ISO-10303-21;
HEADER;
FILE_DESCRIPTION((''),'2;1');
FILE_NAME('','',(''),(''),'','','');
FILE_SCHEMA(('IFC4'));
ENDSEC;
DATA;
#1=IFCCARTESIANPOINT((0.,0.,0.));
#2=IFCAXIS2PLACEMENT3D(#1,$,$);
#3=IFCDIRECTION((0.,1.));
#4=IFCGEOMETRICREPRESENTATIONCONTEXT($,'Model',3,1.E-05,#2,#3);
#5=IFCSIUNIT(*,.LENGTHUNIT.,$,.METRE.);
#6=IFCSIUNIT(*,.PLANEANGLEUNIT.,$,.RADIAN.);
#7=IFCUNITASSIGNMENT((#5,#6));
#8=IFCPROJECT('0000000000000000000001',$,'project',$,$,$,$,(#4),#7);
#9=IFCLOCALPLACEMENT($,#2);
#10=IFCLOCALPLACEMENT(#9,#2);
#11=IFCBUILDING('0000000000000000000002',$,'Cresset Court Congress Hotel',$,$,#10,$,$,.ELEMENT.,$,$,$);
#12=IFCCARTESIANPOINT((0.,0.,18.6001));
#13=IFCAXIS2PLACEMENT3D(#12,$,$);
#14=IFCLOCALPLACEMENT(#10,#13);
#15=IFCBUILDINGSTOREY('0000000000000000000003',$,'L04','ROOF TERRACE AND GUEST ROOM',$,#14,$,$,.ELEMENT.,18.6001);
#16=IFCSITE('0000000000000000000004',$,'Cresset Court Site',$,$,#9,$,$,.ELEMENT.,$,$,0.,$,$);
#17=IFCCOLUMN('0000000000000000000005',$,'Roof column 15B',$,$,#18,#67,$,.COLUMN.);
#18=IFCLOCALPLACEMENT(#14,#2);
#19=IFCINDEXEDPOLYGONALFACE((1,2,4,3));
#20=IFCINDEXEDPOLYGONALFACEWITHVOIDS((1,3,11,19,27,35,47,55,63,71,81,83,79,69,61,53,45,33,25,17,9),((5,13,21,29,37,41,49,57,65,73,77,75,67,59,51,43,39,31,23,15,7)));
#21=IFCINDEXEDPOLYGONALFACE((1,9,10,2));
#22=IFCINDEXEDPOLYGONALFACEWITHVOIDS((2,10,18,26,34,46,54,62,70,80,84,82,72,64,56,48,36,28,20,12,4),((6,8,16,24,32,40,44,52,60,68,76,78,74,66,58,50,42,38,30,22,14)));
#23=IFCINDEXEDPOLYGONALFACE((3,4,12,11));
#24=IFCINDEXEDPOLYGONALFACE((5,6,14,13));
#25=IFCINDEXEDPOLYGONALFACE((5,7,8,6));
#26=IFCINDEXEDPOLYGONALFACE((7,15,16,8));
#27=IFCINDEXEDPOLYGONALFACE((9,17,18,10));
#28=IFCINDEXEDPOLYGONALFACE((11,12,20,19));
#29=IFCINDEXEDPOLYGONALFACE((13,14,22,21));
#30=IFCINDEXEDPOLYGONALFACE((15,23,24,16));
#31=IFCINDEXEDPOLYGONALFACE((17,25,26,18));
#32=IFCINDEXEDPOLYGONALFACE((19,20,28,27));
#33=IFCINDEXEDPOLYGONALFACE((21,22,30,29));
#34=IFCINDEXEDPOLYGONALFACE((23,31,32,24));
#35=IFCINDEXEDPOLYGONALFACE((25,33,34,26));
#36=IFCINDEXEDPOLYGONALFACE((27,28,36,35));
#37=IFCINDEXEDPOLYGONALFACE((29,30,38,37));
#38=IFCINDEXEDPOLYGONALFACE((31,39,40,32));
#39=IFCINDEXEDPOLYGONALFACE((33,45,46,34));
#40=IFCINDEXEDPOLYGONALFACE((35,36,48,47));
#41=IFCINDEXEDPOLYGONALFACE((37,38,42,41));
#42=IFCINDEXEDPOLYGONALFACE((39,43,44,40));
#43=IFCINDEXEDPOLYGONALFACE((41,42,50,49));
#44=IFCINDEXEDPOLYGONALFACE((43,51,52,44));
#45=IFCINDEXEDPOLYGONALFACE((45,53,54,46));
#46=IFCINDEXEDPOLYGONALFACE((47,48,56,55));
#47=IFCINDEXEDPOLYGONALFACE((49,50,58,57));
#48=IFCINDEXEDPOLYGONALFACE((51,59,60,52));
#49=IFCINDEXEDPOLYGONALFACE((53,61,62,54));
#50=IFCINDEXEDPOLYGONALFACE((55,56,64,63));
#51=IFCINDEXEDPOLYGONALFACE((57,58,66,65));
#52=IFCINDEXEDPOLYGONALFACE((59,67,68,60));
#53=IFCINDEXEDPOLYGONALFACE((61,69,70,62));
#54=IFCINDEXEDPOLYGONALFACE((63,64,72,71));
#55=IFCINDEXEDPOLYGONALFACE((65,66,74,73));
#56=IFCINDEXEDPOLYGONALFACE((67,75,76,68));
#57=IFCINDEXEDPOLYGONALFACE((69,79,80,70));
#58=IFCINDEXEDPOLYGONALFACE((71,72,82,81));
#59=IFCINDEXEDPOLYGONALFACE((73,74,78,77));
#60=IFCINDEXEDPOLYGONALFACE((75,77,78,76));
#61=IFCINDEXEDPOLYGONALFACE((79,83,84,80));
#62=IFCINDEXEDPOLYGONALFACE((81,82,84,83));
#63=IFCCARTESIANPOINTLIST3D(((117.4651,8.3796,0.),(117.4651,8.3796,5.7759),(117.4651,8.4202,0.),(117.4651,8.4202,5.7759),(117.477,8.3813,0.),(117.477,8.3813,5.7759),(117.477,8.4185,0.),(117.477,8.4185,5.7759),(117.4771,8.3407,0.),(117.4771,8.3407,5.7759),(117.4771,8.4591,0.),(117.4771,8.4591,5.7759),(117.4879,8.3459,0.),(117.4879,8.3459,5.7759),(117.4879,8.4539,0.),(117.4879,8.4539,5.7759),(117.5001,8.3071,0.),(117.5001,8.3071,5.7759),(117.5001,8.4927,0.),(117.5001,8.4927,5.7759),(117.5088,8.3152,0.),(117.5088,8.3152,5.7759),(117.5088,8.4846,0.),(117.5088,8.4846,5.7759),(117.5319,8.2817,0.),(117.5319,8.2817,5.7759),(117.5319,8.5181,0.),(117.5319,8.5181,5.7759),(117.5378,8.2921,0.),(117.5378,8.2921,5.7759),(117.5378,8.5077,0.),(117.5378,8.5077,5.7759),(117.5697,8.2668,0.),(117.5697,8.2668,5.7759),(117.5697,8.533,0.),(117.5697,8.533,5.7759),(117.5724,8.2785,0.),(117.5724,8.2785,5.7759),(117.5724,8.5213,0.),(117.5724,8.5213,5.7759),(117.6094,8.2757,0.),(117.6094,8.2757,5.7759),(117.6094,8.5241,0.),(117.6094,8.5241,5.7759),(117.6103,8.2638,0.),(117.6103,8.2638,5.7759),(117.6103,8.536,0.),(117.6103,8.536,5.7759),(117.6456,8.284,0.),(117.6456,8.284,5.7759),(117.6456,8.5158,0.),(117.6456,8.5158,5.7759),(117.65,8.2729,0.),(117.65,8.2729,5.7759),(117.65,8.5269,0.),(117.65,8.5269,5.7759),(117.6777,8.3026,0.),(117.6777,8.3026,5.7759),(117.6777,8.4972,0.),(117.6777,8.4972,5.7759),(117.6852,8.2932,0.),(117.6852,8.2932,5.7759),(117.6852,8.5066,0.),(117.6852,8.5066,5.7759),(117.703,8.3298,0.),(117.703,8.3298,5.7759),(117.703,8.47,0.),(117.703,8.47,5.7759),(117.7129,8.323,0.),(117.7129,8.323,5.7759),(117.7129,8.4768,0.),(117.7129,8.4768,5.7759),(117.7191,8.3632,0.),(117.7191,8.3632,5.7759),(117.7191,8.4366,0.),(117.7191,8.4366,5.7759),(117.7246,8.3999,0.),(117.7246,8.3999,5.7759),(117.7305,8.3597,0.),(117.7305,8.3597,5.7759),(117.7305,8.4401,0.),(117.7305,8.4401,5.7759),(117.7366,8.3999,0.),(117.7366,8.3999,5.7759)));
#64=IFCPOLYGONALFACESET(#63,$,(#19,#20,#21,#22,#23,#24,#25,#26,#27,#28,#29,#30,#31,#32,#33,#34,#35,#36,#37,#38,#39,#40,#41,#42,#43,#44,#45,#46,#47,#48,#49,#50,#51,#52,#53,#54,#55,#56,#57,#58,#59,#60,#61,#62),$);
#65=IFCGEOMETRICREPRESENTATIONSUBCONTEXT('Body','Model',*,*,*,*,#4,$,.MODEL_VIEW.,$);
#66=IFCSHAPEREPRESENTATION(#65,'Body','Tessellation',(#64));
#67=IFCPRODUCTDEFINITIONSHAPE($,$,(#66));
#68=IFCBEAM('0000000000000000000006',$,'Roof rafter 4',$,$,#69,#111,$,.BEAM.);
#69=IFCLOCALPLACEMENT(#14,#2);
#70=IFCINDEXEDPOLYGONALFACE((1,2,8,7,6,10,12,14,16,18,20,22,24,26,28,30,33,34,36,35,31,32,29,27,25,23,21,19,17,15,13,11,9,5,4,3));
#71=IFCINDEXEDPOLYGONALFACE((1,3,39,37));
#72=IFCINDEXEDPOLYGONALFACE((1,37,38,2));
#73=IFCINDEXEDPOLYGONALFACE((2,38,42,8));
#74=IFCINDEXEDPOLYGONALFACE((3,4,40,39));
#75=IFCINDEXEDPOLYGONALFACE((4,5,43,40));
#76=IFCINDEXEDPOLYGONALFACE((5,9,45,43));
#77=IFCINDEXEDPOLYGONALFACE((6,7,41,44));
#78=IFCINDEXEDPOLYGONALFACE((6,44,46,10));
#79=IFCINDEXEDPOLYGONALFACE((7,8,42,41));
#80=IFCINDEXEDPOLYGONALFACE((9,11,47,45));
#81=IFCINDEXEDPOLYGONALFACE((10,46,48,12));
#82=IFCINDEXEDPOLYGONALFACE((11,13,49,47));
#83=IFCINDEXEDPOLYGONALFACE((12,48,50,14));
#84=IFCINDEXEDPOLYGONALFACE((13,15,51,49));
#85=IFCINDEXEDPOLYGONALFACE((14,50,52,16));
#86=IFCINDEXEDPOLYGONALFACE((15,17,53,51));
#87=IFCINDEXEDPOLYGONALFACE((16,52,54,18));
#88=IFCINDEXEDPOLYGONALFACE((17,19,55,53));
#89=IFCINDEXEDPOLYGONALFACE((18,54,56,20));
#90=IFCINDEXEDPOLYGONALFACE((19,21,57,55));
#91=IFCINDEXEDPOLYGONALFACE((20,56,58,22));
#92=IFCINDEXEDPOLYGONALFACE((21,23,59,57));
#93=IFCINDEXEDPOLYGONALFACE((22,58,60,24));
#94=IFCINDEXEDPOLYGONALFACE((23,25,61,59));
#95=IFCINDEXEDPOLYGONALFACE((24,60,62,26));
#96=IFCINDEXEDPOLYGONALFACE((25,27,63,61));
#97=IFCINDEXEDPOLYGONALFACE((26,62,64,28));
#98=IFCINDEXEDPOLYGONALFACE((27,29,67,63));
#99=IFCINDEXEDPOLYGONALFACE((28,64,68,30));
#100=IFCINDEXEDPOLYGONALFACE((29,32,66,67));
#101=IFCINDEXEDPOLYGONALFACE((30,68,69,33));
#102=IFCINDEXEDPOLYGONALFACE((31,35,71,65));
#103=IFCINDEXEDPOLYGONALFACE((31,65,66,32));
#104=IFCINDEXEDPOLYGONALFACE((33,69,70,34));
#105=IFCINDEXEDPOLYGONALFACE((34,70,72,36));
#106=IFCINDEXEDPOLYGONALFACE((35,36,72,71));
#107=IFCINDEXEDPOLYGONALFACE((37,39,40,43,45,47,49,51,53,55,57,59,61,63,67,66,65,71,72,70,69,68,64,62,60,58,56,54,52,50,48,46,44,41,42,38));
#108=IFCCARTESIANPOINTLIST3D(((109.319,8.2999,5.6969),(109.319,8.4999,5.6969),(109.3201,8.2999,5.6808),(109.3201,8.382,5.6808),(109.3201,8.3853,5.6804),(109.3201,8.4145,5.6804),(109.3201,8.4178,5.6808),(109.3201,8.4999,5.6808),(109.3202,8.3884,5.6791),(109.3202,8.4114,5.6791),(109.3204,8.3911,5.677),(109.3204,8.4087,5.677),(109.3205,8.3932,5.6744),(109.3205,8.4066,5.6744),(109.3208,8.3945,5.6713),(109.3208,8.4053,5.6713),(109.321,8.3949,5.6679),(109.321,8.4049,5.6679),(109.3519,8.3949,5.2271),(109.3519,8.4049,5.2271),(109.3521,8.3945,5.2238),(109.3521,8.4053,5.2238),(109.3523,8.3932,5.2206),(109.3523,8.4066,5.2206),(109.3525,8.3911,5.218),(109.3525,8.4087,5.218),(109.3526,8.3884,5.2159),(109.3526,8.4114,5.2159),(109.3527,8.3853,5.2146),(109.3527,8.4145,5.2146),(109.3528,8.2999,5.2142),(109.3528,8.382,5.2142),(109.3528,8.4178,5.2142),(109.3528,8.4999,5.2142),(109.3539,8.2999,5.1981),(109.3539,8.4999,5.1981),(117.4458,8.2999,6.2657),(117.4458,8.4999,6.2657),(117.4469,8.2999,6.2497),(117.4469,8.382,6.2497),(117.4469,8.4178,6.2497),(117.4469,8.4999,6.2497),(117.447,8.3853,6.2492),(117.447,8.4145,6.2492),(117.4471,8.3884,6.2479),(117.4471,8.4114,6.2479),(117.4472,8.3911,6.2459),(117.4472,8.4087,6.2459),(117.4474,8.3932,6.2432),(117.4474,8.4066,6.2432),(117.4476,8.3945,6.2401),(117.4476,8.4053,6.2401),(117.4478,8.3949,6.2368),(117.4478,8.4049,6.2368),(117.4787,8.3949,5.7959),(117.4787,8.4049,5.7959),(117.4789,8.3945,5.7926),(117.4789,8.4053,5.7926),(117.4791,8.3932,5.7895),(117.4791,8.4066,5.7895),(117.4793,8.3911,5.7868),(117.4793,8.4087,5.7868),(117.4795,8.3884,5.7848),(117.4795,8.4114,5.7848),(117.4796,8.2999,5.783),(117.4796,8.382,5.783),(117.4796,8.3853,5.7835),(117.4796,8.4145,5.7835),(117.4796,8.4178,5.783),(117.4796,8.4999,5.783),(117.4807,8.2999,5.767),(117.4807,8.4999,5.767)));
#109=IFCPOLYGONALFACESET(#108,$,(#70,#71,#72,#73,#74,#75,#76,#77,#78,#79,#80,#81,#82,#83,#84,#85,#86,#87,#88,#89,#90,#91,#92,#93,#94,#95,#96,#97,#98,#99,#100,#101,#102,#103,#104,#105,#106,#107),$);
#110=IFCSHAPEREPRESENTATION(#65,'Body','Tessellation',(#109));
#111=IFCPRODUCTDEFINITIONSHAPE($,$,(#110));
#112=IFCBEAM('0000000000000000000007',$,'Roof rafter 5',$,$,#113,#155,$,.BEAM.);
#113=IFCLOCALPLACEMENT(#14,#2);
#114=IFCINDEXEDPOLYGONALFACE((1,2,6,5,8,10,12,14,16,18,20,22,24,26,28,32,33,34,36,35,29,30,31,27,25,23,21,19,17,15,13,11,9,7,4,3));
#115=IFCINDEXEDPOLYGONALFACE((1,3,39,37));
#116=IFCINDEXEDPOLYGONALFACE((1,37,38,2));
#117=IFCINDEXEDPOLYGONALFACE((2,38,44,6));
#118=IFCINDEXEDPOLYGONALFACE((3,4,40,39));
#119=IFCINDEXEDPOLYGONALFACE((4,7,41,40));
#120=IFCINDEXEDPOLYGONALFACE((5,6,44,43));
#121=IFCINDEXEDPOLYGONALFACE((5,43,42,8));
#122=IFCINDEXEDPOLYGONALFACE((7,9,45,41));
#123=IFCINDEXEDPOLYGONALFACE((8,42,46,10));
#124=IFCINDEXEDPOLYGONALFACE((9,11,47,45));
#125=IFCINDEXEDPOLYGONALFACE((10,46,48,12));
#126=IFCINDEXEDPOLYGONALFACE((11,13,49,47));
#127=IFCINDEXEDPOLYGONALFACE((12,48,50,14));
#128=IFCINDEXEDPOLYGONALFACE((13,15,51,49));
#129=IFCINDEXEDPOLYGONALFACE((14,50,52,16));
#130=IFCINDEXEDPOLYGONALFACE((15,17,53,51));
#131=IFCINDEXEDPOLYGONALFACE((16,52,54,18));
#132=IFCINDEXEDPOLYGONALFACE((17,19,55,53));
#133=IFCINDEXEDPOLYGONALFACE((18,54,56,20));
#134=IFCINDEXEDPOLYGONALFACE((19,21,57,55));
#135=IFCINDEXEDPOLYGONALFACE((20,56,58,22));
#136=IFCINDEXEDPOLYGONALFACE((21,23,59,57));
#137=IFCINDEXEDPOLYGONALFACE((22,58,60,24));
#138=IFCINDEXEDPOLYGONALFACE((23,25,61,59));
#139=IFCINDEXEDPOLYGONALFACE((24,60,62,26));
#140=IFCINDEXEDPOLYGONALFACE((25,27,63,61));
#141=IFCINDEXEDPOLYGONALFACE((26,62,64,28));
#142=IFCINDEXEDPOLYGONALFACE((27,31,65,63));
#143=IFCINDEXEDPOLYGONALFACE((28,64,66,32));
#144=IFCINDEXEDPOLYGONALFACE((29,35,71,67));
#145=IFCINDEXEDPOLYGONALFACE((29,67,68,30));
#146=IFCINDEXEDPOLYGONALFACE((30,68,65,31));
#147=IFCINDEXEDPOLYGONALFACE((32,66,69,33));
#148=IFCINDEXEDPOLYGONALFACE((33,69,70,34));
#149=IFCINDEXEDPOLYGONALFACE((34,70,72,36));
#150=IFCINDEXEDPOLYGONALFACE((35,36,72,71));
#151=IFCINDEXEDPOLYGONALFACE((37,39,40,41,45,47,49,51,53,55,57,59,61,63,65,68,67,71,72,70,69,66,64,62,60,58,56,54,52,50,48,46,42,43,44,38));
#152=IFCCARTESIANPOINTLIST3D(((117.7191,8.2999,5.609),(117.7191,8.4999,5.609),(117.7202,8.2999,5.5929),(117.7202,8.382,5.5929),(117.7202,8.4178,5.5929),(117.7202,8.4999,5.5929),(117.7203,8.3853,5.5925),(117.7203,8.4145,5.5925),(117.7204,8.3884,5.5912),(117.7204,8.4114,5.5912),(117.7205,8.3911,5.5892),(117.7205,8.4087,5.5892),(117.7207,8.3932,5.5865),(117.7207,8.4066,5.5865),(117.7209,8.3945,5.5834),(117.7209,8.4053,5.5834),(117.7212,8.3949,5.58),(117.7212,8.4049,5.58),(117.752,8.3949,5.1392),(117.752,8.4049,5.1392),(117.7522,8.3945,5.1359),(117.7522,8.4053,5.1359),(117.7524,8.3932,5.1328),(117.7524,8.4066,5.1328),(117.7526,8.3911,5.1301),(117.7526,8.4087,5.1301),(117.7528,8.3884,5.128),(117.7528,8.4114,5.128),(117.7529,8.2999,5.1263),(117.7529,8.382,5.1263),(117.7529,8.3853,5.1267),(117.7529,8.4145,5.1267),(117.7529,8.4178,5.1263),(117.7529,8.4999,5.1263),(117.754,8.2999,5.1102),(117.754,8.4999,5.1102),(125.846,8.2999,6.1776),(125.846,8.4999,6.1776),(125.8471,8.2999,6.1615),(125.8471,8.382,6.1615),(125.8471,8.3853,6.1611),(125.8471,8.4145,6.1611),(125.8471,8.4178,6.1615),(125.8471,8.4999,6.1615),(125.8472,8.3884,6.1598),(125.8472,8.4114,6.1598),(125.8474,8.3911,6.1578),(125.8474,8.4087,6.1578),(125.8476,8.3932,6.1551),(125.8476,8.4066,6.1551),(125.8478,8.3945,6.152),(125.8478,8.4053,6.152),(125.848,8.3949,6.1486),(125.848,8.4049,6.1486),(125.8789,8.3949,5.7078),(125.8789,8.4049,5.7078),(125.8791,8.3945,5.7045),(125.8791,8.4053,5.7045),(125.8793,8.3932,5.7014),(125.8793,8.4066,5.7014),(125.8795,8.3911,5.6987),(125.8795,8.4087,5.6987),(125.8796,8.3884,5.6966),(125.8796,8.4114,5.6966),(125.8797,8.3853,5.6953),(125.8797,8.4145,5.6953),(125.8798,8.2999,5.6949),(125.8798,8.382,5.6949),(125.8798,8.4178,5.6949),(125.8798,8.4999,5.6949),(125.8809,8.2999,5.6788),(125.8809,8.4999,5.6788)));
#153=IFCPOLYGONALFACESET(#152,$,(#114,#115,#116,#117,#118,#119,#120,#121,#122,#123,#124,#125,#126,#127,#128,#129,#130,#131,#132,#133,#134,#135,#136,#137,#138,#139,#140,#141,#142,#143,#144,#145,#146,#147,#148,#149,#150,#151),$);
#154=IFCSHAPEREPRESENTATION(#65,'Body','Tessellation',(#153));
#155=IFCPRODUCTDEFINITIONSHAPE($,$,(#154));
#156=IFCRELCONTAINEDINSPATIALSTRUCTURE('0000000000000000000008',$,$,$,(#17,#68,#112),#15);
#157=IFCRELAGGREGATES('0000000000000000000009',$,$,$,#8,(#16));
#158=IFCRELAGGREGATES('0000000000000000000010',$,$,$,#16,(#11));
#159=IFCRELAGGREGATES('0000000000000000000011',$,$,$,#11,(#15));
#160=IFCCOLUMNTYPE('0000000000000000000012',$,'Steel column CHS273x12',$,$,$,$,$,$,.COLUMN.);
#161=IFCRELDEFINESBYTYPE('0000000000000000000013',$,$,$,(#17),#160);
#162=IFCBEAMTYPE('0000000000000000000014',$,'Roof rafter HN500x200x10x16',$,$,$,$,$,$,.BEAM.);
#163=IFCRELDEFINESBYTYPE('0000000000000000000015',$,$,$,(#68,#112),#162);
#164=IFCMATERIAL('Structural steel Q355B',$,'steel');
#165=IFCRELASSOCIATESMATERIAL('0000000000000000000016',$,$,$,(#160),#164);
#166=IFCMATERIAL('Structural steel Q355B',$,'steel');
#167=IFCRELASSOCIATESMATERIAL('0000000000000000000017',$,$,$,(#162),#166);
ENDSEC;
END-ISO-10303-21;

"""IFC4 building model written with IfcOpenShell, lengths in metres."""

from ifc_helpers import new_model, si_unit, direction, frame, origin, origin_2d, place, context, subcontext, project, spatial, hollow_circle, i_section, extrude, material, material_profile, profile_set, type_object, element, save


model = new_model("IFC4")

# Units and contexts
model_context = context("Model", 3, precision=1e-05, world=origin(), true_north=direction((0.0, 1.0)))
body_context = subcontext(model_context, "Body", "Model", "MODEL_VIEW")
ifc_project = project(units=[si_unit("LENGTHUNIT", "METRE"), si_unit("PLANEANGLEUNIT", "RADIAN")], contexts=[model_context])

# Site, building, storey
site_placement = place(None, origin())
site = spatial("IfcSite", under=ifc_project, at=site_placement, Name="Cresset Court Site", CompositionType="ELEMENT", RefElevation=0.0)
building_placement = place(site_placement, origin())
building = spatial("IfcBuilding", under=site, at=building_placement, Name="Cresset Court Congress Hotel", CompositionType="ELEMENT")
storey_placement = place(building_placement, frame((0.0, 0.0, 18.6001)))
storey = spatial("IfcBuildingStorey", under=building, at=storey_placement, Name="L04", Description="ROOF TERRACE AND GUEST ROOM", CompositionType="ELEMENT", Elevation=18.6001)

# Column
ifc_material_1 = material(Name="Structural steel Q355B", Category="steel")
ifc_material_profile_1 = material_profile(ifc_material_1, hollow_circle(Radius=0.1365, WallThickness=0.012, at=origin_2d()), Name="CHS273x12")
ifc_profile_set_1 = profile_set([ifc_material_profile_1], Name="Structural steel Q355B")
column_type = type_object("IfcColumnType", Name="Steel column CHS273x12", PredefinedType="COLUMN", material=ifc_profile_set_1)
column_placement = place(storey_placement, frame((117.6001, 8.3999, 0.0), z_axis=(0.0, 0.0, 1.0), x_axis=(1.0, 0.0, 0.0)))
element("IfcColumn", 1, at=column_placement, inside=storey, type_object=column_type, Name="Roof column 15B", PredefinedType="COLUMN", context=body_context, shape_type="SweptSolid", body=[
    extrude(hollow_circle(Radius=0.1365, WallThickness=0.012, at=origin_2d()), origin(), (0.0, 0.0, 1.0), 5.7759),
])

# Beams
ifc_material_2 = material(Name="Structural steel Q355B", Category="steel")
ifc_material_profile_2 = material_profile(ifc_material_2, i_section(OverallWidth=0.2, OverallDepth=0.5, WebThickness=0.01, FlangeThickness=0.0161, FilletRadius=0.0129, at=origin_2d()), Name="HN500x200x10x16")
ifc_profile_set_2 = profile_set([ifc_material_profile_2], Name="Structural steel Q355B")
beam_type_1 = type_object("IfcBeamType", Name="Roof rafter HN500x200x10x16", PredefinedType="BEAM", material=ifc_profile_set_2)
for number, where, z_axis, x_axis, name in (
    (2, (109.3364, 8.3999, 5.4475), (0.997559, 0.0, 0.069824), (0.0, 1.0, 0.0), "Roof rafter 4"),
    (3, (117.7366, 8.3999, 5.3596), (0.997561, 0.0, 0.069795), (0.0, 1.0, 0.0), "Roof rafter 5"),
):
    element("IfcBeam", number, at=place(storey_placement, frame(where, z_axis=z_axis, x_axis=x_axis)), inside=storey, type_object=beam_type_1, Name=name, PredefinedType="BEAM", context=body_context, shape_type="SweptSolid", body=[
        extrude(i_section(OverallWidth=0.2, OverallDepth=0.5, WebThickness=0.01, FlangeThickness=0.0161, FilletRadius=0.0129, at=origin_2d()), origin(), (0.0, 0.0, 1.0), 8.1467),
    ])

save(model, "model.ifc")
